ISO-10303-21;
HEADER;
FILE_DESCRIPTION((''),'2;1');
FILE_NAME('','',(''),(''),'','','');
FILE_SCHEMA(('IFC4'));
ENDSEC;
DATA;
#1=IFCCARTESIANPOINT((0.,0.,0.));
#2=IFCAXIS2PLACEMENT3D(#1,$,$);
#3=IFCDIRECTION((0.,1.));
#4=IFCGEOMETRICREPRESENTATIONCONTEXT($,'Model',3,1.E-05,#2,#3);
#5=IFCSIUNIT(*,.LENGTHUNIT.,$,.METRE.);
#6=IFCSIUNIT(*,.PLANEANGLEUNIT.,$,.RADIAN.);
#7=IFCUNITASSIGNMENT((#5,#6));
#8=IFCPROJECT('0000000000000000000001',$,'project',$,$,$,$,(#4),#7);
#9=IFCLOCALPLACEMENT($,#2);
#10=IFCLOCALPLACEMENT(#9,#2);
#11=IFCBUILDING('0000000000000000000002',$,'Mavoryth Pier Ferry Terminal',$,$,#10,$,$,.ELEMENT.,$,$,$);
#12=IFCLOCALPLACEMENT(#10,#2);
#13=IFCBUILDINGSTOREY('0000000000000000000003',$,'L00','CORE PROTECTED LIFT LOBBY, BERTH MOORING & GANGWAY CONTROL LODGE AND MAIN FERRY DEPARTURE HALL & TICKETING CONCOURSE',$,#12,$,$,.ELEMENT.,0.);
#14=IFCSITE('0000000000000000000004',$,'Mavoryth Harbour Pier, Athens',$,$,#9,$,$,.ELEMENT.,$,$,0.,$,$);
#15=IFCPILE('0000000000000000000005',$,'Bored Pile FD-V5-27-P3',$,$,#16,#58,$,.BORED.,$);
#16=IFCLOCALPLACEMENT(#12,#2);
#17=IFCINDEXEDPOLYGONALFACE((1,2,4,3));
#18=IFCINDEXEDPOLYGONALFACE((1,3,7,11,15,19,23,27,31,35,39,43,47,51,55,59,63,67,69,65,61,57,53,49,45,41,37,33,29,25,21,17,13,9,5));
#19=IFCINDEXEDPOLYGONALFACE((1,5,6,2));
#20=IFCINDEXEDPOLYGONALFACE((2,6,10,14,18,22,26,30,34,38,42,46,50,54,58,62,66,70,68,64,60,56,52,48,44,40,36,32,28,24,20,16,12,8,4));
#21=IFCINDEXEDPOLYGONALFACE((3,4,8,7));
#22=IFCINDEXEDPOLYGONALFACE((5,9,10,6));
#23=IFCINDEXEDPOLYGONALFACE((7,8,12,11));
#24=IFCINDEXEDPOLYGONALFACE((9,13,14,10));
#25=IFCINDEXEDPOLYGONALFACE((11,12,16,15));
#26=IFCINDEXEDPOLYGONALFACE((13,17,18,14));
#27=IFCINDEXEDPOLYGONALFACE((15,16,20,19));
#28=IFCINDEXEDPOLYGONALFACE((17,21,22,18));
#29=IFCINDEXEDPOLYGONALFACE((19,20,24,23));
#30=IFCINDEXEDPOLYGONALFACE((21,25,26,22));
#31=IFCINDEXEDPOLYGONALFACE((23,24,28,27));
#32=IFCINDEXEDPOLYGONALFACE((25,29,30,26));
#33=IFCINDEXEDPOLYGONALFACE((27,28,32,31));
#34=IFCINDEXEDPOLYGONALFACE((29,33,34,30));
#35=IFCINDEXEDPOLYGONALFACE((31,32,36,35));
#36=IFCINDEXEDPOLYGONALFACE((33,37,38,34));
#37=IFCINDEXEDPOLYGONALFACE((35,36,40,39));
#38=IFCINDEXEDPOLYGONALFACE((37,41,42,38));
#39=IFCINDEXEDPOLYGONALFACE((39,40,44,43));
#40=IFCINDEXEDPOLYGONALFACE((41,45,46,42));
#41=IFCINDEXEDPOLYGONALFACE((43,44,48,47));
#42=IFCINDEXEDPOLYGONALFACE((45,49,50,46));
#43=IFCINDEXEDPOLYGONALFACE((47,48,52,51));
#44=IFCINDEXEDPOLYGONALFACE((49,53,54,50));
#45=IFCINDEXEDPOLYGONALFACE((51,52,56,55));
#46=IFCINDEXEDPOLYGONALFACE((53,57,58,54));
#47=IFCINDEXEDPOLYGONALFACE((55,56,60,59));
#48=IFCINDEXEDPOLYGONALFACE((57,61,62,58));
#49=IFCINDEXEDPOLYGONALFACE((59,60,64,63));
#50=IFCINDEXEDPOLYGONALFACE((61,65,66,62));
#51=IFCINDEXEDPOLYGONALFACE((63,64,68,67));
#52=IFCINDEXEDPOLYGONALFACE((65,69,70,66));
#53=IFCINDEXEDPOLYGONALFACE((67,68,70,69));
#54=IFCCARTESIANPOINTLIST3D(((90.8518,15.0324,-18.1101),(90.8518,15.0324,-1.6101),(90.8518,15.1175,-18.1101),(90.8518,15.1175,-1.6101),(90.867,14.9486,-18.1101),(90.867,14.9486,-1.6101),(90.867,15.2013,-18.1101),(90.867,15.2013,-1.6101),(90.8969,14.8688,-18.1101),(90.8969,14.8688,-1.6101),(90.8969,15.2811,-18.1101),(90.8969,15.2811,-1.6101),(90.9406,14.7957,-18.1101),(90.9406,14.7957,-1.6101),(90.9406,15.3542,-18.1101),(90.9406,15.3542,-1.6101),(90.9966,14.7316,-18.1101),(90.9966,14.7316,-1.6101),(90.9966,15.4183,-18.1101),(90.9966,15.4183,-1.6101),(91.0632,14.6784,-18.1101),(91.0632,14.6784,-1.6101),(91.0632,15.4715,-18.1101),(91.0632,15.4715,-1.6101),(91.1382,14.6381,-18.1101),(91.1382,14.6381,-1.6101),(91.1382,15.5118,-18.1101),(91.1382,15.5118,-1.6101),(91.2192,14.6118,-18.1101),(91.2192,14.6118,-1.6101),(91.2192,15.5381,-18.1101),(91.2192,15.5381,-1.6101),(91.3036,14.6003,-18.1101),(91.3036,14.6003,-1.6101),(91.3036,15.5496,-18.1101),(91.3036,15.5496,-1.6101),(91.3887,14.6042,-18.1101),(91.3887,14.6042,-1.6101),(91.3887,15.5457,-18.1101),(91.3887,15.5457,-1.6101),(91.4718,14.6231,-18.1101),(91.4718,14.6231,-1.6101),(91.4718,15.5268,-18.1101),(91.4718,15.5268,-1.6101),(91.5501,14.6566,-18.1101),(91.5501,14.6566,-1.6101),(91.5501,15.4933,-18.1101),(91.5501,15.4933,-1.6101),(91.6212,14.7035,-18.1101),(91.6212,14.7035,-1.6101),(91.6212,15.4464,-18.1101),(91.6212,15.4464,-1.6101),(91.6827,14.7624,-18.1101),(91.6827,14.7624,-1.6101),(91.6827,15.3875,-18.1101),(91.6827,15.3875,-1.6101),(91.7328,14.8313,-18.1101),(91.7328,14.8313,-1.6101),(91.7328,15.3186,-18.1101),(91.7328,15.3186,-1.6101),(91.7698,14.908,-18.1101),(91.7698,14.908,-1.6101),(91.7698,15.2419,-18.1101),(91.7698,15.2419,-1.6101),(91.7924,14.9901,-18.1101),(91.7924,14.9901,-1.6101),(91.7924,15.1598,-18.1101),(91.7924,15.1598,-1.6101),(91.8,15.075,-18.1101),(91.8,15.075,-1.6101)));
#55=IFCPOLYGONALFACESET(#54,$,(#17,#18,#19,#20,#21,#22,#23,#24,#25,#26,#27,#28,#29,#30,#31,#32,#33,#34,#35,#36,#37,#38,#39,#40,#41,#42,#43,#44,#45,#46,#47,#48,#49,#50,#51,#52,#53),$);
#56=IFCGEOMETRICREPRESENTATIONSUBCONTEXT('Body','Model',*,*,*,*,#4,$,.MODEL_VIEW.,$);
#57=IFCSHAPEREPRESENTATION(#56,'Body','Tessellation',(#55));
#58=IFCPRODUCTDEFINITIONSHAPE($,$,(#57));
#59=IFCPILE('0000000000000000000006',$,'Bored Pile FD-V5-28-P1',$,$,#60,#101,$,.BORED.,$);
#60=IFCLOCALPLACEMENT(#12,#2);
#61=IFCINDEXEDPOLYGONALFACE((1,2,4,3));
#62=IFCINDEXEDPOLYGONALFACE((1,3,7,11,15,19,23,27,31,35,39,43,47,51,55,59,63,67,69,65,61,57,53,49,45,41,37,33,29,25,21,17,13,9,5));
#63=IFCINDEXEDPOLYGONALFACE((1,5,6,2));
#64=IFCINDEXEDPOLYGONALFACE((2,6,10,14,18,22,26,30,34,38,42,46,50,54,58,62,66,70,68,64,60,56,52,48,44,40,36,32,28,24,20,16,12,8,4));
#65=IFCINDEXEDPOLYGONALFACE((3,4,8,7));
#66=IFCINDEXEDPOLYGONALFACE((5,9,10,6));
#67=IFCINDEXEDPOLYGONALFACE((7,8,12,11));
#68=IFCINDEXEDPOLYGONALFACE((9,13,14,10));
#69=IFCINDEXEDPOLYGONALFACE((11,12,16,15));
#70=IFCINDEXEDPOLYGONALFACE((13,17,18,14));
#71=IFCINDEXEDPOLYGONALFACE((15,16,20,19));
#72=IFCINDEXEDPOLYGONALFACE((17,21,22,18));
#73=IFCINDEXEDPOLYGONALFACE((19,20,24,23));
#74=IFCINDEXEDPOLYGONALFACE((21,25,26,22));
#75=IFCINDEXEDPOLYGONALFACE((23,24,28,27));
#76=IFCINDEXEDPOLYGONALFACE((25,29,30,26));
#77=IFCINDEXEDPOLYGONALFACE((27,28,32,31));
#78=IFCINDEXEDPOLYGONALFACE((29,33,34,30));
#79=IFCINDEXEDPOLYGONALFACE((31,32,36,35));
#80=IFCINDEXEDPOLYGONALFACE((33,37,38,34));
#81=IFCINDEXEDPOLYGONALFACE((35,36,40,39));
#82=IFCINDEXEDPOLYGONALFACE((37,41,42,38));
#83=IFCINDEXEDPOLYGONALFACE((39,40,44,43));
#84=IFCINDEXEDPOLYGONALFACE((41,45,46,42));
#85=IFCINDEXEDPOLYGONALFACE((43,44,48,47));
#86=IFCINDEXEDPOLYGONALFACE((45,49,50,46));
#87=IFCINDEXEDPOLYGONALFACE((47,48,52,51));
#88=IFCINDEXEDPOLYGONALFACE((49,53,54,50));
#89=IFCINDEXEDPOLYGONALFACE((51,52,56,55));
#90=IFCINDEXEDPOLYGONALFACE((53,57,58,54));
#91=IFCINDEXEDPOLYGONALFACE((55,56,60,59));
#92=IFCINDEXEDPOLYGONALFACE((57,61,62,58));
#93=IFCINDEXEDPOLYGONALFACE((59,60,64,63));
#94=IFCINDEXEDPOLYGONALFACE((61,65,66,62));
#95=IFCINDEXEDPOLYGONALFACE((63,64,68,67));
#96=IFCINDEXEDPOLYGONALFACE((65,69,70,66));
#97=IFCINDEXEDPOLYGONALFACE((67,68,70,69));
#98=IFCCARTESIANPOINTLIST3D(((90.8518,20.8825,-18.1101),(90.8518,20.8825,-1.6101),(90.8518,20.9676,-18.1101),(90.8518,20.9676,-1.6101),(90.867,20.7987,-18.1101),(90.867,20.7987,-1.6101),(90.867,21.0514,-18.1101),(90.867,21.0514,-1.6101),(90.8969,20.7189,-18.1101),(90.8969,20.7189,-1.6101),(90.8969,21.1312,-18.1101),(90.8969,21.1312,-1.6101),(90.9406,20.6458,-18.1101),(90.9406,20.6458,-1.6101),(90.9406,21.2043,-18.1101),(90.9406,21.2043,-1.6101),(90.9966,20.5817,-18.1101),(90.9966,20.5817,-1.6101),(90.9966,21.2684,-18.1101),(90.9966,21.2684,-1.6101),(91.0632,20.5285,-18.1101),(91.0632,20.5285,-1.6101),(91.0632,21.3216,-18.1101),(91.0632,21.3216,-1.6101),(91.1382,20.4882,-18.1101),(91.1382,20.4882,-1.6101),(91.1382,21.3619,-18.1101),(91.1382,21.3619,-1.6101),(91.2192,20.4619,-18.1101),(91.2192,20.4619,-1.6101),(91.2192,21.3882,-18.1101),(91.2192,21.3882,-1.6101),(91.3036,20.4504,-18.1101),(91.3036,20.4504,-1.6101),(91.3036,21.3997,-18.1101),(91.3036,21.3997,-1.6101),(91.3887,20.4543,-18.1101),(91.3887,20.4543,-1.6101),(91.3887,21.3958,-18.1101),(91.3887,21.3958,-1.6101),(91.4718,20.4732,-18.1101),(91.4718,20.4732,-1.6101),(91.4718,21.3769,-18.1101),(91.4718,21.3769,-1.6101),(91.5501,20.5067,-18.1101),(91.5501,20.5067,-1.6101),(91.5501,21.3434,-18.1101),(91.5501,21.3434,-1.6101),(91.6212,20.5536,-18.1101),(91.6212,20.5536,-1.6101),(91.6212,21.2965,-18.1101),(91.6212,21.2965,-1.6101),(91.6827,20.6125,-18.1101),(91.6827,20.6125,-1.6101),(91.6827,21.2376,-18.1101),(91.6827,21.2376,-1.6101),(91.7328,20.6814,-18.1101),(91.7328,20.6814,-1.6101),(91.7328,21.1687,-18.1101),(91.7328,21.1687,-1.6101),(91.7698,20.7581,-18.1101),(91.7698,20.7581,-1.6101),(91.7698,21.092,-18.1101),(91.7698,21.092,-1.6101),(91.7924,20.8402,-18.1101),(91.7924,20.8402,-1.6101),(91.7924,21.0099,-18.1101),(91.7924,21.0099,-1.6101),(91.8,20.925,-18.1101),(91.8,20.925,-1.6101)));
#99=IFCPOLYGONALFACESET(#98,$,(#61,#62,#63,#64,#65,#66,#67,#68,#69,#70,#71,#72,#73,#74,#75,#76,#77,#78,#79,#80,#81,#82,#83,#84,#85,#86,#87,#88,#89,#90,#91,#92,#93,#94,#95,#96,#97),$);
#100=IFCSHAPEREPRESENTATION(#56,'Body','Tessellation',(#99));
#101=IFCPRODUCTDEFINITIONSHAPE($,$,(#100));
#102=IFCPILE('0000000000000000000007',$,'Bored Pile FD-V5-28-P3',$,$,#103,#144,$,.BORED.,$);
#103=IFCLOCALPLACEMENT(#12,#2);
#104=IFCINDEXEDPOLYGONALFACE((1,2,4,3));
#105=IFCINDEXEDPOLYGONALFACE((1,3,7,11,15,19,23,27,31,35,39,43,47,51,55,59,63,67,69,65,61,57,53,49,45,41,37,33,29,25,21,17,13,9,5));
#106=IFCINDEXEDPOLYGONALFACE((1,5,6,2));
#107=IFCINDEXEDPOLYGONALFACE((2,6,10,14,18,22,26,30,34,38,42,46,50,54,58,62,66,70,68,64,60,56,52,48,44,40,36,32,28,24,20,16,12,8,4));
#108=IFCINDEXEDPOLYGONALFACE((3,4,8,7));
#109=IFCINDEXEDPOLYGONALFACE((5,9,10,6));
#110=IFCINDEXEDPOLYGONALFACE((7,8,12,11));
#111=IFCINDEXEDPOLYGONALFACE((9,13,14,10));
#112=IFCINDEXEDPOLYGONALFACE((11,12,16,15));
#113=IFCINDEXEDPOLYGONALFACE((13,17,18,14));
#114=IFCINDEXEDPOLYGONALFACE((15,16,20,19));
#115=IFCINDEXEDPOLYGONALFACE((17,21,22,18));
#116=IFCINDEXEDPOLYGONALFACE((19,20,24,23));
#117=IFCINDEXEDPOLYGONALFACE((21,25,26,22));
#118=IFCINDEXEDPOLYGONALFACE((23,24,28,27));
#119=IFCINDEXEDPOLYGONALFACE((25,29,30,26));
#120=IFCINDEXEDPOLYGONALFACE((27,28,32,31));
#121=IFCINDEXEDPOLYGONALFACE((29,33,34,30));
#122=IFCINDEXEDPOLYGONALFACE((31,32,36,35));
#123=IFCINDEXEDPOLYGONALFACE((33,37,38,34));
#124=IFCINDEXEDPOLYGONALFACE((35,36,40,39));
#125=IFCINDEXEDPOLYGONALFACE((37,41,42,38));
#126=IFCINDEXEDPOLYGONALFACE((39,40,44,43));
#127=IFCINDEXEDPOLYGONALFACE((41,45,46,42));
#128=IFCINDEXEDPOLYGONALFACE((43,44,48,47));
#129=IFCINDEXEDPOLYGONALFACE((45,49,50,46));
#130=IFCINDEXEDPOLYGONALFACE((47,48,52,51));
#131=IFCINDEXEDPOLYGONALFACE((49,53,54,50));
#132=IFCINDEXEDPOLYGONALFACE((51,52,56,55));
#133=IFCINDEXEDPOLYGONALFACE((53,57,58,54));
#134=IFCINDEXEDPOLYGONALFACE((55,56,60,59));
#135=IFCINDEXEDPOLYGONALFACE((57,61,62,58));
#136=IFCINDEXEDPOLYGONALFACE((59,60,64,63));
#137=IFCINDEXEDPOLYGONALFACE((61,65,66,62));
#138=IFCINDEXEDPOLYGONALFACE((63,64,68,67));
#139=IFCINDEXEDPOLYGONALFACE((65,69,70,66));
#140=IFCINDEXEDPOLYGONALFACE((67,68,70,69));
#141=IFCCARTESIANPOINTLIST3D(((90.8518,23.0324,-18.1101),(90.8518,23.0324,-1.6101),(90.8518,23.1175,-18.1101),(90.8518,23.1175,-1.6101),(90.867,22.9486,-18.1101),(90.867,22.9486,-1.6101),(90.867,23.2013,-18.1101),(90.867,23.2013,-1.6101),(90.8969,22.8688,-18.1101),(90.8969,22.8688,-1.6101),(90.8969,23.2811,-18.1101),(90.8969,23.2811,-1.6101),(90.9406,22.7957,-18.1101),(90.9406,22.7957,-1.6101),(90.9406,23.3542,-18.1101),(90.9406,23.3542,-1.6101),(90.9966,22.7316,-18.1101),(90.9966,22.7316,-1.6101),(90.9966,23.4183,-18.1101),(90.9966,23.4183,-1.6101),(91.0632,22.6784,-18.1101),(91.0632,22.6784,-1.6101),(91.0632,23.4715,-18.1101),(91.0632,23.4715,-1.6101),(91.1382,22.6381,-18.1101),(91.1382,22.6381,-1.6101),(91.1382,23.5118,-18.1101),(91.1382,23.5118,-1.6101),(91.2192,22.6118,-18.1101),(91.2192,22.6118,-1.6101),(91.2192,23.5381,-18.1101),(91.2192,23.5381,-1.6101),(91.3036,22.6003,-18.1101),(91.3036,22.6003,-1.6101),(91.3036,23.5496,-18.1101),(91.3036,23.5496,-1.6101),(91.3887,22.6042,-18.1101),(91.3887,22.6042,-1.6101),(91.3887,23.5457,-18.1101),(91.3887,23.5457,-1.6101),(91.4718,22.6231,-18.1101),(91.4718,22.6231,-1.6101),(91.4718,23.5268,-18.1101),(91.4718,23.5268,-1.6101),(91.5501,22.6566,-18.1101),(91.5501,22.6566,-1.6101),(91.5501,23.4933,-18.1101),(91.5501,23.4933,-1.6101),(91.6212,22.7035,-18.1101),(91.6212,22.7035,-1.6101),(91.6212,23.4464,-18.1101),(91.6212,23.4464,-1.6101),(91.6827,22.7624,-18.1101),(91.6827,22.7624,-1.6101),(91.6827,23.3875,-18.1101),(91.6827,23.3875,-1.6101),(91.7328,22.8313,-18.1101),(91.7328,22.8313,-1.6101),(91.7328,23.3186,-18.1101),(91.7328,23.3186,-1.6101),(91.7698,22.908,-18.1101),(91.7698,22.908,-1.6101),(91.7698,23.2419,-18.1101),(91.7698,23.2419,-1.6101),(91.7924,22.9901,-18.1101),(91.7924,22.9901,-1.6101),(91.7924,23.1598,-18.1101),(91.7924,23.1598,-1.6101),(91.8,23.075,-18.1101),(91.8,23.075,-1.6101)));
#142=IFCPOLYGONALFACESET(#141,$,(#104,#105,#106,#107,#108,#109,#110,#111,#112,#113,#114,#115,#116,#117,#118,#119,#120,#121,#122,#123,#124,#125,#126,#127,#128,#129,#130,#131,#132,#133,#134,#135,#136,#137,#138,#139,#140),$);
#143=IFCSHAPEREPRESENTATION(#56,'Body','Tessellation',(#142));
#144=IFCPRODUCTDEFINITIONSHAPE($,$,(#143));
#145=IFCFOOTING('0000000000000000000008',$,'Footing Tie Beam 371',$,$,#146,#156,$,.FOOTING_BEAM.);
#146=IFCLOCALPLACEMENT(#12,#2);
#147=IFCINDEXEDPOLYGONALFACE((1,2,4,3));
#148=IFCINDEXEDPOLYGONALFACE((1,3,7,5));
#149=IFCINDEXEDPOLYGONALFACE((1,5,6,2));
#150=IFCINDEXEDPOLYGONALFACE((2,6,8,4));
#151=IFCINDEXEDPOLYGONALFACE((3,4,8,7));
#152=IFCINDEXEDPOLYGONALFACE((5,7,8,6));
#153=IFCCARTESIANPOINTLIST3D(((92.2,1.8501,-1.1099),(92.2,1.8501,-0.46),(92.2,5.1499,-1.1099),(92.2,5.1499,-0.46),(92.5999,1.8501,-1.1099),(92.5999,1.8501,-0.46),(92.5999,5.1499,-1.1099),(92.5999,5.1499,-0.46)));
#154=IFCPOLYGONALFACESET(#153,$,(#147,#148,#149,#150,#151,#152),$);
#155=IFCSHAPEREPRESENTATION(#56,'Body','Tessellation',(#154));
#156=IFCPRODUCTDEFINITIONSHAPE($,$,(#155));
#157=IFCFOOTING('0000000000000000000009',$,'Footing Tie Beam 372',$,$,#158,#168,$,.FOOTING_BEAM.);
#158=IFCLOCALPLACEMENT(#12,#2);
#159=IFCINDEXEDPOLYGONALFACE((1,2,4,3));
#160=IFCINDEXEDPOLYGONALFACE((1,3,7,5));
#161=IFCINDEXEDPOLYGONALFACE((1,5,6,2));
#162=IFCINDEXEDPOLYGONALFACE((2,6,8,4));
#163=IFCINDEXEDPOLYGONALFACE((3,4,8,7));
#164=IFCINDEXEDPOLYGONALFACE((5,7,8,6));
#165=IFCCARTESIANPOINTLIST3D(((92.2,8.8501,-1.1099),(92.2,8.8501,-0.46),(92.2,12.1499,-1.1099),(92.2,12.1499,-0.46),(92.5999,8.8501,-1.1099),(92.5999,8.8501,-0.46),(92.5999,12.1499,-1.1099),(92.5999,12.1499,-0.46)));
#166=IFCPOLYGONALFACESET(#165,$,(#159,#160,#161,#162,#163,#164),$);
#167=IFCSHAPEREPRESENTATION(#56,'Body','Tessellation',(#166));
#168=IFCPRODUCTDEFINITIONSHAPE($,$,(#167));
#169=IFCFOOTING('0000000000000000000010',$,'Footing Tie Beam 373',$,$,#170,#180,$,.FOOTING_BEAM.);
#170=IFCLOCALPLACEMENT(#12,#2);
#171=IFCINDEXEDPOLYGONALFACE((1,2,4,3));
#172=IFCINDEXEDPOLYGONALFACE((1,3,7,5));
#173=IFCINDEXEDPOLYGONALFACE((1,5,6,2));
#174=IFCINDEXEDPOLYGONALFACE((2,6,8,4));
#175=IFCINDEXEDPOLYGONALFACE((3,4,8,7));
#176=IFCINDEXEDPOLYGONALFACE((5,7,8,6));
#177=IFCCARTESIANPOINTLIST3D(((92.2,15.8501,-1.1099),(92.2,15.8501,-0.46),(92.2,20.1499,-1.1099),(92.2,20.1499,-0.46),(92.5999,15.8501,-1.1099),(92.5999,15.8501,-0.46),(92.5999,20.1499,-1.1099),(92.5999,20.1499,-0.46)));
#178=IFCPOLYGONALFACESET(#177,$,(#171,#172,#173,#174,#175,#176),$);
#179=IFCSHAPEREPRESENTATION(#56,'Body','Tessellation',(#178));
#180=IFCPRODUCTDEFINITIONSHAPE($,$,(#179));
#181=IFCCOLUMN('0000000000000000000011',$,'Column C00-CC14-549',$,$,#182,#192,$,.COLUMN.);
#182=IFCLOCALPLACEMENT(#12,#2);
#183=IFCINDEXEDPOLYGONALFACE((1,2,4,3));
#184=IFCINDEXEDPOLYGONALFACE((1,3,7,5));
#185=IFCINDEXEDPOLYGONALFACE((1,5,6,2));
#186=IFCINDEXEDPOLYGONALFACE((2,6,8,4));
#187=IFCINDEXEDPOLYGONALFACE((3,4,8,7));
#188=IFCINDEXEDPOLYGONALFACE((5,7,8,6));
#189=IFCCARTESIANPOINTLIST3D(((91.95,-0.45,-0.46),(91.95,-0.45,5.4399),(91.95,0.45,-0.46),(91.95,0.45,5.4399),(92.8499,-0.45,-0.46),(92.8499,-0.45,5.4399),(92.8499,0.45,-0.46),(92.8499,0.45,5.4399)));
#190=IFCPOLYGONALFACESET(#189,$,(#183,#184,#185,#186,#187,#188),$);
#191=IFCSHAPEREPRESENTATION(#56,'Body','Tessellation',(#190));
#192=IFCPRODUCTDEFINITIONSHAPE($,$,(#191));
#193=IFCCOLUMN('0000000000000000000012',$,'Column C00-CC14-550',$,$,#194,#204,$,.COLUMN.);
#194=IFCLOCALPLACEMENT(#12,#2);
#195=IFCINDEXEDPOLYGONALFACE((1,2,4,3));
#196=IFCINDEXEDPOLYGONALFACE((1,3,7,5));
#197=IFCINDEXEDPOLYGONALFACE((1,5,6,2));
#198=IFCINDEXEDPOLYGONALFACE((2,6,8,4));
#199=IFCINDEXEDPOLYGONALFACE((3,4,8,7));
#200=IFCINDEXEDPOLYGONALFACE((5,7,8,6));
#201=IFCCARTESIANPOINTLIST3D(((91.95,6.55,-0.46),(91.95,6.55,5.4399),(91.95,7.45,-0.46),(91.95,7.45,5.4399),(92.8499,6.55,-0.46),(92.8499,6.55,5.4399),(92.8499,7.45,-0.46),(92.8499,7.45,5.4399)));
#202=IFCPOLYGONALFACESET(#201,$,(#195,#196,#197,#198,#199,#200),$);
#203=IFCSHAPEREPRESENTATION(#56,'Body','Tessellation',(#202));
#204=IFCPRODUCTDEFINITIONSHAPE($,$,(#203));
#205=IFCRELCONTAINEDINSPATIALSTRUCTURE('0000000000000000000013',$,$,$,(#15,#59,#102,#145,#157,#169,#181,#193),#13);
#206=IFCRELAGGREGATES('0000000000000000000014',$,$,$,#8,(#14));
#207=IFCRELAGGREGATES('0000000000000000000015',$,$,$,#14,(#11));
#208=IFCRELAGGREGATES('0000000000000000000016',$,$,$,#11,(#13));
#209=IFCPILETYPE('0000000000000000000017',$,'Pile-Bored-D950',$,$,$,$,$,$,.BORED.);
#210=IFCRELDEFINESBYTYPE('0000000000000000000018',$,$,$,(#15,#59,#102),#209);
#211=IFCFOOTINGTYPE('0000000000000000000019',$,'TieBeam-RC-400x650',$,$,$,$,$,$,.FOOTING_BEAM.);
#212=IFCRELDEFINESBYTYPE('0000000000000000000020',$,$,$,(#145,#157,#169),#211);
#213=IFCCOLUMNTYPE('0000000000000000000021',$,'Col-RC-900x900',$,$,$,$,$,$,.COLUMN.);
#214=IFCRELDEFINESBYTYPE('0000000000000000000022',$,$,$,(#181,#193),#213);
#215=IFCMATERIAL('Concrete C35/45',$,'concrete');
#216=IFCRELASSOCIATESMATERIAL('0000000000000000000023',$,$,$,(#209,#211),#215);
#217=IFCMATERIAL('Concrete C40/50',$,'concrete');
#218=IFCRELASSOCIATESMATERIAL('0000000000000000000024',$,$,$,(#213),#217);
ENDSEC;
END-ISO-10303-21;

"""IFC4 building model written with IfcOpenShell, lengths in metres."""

from ifc_helpers import new_model, si_unit, direction, frame, origin, origin_2d, place, context, subcontext, project, spatial, rectangle, circle, extrude, material, material_profile, profile_set, type_object, element, save


model = new_model("IFC4")

# Units and contexts
model_context = context("Model", 3, precision=1e-05, world=origin(), true_north=direction((0.0, 1.0)))
body_context = subcontext(model_context, "Body", "Model", "MODEL_VIEW")
ifc_project = project(units=[si_unit("LENGTHUNIT", "METRE"), si_unit("PLANEANGLEUNIT", "RADIAN")], contexts=[model_context])

# Site, building, storey
site_placement = place(None, origin())
site = spatial("IfcSite", under=ifc_project, at=site_placement, Name="Mavoryth Harbour Pier, Athens", CompositionType="ELEMENT", RefElevation=0.0)
building_placement = place(site_placement, origin())
building = spatial("IfcBuilding", under=site, at=building_placement, Name="Mavoryth Pier Ferry Terminal", CompositionType="ELEMENT")
storey_placement = place(building_placement, origin())
storey = spatial("IfcBuildingStorey", under=building, at=storey_placement, Name="L00", Description="CORE PROTECTED LIFT LOBBY, BERTH MOORING & GANGWAY CONTROL LODGE AND MAIN FERRY DEPARTURE HALL & TICKETING CONCOURSE", CompositionType="ELEMENT", Elevation=0.0)

# Shared definitions
ifc_material_1 = material(Name="Concrete C35/45", Category="concrete")

# Piles
ifc_material_profile_1 = material_profile(ifc_material_1, circle(Radius=0.4751, at=origin_2d()), Name="PILE D950", Category="concrete")
ifc_profile_set_1 = profile_set([ifc_material_profile_1], Name="Concrete C35/45 - PILE D950")
pile_type = type_object("IfcPileType", Name="Pile-Bored-D950", PredefinedType="BORED", material=ifc_profile_set_1)
for number, where, z_axis, x_axis, name in (
    (1, (91.325, 15.075, -1.6101), (0.0, 0.0, -1.0), (1.0, 0.0, 0.0), "Bored Pile FD-V5-27-P3"),
    (2, (91.325, 20.925, -1.6101), (0.0, 0.0, -1.0), (1.0, 0.0, 0.0), "Bored Pile FD-V5-28-P1"),
    (3, (91.325, 23.075, -1.6101), (0.0, 0.0, -1.0), (1.0, 0.0, 0.0), "Bored Pile FD-V5-28-P3"),
):
    element("IfcPile", number, at=place(storey_placement, frame(where, z_axis=z_axis, x_axis=x_axis)), inside=storey, type_object=pile_type, Name=name, PredefinedType="BORED", context=body_context, shape_type="SweptSolid", body=[
        extrude(circle(Radius=0.4751, at=origin_2d()), origin(), (0.0, 0.0, 1.0), 16.5),
    ])

# Footings
ifc_material_profile_2 = material_profile(ifc_material_1, rectangle(XDim=0.3999, YDim=0.6499, at=origin_2d()), Name="RC 400x650", Category="concrete")
ifc_profile_set_2 = profile_set([ifc_material_profile_2], Name="Concrete C35/45 - RC 400x650")
footing_type_1 = type_object("IfcFootingType", Name="TieBeam-RC-400x650", PredefinedType="FOOTING_BEAM", material=ifc_profile_set_2)
for number, where, z_axis, x_axis, name in (
    (4, (92.3999, 1.8501, -0.7849), (0.0, 1.0, 0.0), (-1.0, 0.0, 0.0), "Footing Tie Beam 371"),
    (5, (92.3999, 8.8501, -0.7849), (0.0, 1.0, 0.0), (-1.0, 0.0, 0.0), "Footing Tie Beam 372"),
):
    element("IfcFooting", number, at=place(storey_placement, frame(where, z_axis=z_axis, x_axis=x_axis)), inside=storey, type_object=footing_type_1, Name=name, PredefinedType="FOOTING_BEAM", context=body_context, shape_type="SweptSolid", body=[
        extrude(rectangle(XDim=0.3999, YDim=0.6499, at=origin_2d()), origin(), (0.0, 0.0, 1.0), 3.2998),
    ])
footing_placement = place(storey_placement, frame((92.3999, 15.8501, -0.7849), z_axis=(0.0, 1.0, 0.0), x_axis=(-1.0, 0.0, 0.0)))
element("IfcFooting", 6, at=footing_placement, inside=storey, type_object=footing_type_1, Name="Footing Tie Beam 373", PredefinedType="FOOTING_BEAM", context=body_context, shape_type="SweptSolid", body=[
    extrude(rectangle(XDim=0.3999, YDim=0.6499, at=origin_2d()), origin(), (0.0, 0.0, 1.0), 4.2998),
])

# Columns
ifc_material_2 = material(Name="Concrete C40/50", Category="concrete")
ifc_material_profile_3 = material_profile(ifc_material_2, rectangle(XDim=0.8999, YDim=0.8999, at=origin_2d()), Name="RC 900x900", Category="concrete")
ifc_profile_set_3 = profile_set([ifc_material_profile_3], Name="Concrete C40/50 - RC 900x900")
column_type = type_object("IfcColumnType", Name="Col-RC-900x900", PredefinedType="COLUMN", material=ifc_profile_set_3)
for number, where, z_axis, x_axis, name in (
    (7, (92.3999, 0.0, -0.46), (0.0, 0.0, 1.0), (1.0, 0.0, 0.0), "Column C00-CC14-549"),
    (8, (92.3999, 7.0, -0.46), (0.0, 0.0, 1.0), (1.0, 0.0, 0.0), "Column C00-CC14-550"),
):
    element("IfcColumn", number, at=place(storey_placement, frame(where, z_axis=z_axis, x_axis=x_axis)), inside=storey, type_object=column_type, Name=name, PredefinedType="COLUMN", context=body_context, shape_type="SweptSolid", body=[
        extrude(rectangle(XDim=0.8999, YDim=0.8999, at=origin_2d()), origin(), (0.0, 0.0, 1.0), 5.8999),
    ])

save(model, "model.ifc")
